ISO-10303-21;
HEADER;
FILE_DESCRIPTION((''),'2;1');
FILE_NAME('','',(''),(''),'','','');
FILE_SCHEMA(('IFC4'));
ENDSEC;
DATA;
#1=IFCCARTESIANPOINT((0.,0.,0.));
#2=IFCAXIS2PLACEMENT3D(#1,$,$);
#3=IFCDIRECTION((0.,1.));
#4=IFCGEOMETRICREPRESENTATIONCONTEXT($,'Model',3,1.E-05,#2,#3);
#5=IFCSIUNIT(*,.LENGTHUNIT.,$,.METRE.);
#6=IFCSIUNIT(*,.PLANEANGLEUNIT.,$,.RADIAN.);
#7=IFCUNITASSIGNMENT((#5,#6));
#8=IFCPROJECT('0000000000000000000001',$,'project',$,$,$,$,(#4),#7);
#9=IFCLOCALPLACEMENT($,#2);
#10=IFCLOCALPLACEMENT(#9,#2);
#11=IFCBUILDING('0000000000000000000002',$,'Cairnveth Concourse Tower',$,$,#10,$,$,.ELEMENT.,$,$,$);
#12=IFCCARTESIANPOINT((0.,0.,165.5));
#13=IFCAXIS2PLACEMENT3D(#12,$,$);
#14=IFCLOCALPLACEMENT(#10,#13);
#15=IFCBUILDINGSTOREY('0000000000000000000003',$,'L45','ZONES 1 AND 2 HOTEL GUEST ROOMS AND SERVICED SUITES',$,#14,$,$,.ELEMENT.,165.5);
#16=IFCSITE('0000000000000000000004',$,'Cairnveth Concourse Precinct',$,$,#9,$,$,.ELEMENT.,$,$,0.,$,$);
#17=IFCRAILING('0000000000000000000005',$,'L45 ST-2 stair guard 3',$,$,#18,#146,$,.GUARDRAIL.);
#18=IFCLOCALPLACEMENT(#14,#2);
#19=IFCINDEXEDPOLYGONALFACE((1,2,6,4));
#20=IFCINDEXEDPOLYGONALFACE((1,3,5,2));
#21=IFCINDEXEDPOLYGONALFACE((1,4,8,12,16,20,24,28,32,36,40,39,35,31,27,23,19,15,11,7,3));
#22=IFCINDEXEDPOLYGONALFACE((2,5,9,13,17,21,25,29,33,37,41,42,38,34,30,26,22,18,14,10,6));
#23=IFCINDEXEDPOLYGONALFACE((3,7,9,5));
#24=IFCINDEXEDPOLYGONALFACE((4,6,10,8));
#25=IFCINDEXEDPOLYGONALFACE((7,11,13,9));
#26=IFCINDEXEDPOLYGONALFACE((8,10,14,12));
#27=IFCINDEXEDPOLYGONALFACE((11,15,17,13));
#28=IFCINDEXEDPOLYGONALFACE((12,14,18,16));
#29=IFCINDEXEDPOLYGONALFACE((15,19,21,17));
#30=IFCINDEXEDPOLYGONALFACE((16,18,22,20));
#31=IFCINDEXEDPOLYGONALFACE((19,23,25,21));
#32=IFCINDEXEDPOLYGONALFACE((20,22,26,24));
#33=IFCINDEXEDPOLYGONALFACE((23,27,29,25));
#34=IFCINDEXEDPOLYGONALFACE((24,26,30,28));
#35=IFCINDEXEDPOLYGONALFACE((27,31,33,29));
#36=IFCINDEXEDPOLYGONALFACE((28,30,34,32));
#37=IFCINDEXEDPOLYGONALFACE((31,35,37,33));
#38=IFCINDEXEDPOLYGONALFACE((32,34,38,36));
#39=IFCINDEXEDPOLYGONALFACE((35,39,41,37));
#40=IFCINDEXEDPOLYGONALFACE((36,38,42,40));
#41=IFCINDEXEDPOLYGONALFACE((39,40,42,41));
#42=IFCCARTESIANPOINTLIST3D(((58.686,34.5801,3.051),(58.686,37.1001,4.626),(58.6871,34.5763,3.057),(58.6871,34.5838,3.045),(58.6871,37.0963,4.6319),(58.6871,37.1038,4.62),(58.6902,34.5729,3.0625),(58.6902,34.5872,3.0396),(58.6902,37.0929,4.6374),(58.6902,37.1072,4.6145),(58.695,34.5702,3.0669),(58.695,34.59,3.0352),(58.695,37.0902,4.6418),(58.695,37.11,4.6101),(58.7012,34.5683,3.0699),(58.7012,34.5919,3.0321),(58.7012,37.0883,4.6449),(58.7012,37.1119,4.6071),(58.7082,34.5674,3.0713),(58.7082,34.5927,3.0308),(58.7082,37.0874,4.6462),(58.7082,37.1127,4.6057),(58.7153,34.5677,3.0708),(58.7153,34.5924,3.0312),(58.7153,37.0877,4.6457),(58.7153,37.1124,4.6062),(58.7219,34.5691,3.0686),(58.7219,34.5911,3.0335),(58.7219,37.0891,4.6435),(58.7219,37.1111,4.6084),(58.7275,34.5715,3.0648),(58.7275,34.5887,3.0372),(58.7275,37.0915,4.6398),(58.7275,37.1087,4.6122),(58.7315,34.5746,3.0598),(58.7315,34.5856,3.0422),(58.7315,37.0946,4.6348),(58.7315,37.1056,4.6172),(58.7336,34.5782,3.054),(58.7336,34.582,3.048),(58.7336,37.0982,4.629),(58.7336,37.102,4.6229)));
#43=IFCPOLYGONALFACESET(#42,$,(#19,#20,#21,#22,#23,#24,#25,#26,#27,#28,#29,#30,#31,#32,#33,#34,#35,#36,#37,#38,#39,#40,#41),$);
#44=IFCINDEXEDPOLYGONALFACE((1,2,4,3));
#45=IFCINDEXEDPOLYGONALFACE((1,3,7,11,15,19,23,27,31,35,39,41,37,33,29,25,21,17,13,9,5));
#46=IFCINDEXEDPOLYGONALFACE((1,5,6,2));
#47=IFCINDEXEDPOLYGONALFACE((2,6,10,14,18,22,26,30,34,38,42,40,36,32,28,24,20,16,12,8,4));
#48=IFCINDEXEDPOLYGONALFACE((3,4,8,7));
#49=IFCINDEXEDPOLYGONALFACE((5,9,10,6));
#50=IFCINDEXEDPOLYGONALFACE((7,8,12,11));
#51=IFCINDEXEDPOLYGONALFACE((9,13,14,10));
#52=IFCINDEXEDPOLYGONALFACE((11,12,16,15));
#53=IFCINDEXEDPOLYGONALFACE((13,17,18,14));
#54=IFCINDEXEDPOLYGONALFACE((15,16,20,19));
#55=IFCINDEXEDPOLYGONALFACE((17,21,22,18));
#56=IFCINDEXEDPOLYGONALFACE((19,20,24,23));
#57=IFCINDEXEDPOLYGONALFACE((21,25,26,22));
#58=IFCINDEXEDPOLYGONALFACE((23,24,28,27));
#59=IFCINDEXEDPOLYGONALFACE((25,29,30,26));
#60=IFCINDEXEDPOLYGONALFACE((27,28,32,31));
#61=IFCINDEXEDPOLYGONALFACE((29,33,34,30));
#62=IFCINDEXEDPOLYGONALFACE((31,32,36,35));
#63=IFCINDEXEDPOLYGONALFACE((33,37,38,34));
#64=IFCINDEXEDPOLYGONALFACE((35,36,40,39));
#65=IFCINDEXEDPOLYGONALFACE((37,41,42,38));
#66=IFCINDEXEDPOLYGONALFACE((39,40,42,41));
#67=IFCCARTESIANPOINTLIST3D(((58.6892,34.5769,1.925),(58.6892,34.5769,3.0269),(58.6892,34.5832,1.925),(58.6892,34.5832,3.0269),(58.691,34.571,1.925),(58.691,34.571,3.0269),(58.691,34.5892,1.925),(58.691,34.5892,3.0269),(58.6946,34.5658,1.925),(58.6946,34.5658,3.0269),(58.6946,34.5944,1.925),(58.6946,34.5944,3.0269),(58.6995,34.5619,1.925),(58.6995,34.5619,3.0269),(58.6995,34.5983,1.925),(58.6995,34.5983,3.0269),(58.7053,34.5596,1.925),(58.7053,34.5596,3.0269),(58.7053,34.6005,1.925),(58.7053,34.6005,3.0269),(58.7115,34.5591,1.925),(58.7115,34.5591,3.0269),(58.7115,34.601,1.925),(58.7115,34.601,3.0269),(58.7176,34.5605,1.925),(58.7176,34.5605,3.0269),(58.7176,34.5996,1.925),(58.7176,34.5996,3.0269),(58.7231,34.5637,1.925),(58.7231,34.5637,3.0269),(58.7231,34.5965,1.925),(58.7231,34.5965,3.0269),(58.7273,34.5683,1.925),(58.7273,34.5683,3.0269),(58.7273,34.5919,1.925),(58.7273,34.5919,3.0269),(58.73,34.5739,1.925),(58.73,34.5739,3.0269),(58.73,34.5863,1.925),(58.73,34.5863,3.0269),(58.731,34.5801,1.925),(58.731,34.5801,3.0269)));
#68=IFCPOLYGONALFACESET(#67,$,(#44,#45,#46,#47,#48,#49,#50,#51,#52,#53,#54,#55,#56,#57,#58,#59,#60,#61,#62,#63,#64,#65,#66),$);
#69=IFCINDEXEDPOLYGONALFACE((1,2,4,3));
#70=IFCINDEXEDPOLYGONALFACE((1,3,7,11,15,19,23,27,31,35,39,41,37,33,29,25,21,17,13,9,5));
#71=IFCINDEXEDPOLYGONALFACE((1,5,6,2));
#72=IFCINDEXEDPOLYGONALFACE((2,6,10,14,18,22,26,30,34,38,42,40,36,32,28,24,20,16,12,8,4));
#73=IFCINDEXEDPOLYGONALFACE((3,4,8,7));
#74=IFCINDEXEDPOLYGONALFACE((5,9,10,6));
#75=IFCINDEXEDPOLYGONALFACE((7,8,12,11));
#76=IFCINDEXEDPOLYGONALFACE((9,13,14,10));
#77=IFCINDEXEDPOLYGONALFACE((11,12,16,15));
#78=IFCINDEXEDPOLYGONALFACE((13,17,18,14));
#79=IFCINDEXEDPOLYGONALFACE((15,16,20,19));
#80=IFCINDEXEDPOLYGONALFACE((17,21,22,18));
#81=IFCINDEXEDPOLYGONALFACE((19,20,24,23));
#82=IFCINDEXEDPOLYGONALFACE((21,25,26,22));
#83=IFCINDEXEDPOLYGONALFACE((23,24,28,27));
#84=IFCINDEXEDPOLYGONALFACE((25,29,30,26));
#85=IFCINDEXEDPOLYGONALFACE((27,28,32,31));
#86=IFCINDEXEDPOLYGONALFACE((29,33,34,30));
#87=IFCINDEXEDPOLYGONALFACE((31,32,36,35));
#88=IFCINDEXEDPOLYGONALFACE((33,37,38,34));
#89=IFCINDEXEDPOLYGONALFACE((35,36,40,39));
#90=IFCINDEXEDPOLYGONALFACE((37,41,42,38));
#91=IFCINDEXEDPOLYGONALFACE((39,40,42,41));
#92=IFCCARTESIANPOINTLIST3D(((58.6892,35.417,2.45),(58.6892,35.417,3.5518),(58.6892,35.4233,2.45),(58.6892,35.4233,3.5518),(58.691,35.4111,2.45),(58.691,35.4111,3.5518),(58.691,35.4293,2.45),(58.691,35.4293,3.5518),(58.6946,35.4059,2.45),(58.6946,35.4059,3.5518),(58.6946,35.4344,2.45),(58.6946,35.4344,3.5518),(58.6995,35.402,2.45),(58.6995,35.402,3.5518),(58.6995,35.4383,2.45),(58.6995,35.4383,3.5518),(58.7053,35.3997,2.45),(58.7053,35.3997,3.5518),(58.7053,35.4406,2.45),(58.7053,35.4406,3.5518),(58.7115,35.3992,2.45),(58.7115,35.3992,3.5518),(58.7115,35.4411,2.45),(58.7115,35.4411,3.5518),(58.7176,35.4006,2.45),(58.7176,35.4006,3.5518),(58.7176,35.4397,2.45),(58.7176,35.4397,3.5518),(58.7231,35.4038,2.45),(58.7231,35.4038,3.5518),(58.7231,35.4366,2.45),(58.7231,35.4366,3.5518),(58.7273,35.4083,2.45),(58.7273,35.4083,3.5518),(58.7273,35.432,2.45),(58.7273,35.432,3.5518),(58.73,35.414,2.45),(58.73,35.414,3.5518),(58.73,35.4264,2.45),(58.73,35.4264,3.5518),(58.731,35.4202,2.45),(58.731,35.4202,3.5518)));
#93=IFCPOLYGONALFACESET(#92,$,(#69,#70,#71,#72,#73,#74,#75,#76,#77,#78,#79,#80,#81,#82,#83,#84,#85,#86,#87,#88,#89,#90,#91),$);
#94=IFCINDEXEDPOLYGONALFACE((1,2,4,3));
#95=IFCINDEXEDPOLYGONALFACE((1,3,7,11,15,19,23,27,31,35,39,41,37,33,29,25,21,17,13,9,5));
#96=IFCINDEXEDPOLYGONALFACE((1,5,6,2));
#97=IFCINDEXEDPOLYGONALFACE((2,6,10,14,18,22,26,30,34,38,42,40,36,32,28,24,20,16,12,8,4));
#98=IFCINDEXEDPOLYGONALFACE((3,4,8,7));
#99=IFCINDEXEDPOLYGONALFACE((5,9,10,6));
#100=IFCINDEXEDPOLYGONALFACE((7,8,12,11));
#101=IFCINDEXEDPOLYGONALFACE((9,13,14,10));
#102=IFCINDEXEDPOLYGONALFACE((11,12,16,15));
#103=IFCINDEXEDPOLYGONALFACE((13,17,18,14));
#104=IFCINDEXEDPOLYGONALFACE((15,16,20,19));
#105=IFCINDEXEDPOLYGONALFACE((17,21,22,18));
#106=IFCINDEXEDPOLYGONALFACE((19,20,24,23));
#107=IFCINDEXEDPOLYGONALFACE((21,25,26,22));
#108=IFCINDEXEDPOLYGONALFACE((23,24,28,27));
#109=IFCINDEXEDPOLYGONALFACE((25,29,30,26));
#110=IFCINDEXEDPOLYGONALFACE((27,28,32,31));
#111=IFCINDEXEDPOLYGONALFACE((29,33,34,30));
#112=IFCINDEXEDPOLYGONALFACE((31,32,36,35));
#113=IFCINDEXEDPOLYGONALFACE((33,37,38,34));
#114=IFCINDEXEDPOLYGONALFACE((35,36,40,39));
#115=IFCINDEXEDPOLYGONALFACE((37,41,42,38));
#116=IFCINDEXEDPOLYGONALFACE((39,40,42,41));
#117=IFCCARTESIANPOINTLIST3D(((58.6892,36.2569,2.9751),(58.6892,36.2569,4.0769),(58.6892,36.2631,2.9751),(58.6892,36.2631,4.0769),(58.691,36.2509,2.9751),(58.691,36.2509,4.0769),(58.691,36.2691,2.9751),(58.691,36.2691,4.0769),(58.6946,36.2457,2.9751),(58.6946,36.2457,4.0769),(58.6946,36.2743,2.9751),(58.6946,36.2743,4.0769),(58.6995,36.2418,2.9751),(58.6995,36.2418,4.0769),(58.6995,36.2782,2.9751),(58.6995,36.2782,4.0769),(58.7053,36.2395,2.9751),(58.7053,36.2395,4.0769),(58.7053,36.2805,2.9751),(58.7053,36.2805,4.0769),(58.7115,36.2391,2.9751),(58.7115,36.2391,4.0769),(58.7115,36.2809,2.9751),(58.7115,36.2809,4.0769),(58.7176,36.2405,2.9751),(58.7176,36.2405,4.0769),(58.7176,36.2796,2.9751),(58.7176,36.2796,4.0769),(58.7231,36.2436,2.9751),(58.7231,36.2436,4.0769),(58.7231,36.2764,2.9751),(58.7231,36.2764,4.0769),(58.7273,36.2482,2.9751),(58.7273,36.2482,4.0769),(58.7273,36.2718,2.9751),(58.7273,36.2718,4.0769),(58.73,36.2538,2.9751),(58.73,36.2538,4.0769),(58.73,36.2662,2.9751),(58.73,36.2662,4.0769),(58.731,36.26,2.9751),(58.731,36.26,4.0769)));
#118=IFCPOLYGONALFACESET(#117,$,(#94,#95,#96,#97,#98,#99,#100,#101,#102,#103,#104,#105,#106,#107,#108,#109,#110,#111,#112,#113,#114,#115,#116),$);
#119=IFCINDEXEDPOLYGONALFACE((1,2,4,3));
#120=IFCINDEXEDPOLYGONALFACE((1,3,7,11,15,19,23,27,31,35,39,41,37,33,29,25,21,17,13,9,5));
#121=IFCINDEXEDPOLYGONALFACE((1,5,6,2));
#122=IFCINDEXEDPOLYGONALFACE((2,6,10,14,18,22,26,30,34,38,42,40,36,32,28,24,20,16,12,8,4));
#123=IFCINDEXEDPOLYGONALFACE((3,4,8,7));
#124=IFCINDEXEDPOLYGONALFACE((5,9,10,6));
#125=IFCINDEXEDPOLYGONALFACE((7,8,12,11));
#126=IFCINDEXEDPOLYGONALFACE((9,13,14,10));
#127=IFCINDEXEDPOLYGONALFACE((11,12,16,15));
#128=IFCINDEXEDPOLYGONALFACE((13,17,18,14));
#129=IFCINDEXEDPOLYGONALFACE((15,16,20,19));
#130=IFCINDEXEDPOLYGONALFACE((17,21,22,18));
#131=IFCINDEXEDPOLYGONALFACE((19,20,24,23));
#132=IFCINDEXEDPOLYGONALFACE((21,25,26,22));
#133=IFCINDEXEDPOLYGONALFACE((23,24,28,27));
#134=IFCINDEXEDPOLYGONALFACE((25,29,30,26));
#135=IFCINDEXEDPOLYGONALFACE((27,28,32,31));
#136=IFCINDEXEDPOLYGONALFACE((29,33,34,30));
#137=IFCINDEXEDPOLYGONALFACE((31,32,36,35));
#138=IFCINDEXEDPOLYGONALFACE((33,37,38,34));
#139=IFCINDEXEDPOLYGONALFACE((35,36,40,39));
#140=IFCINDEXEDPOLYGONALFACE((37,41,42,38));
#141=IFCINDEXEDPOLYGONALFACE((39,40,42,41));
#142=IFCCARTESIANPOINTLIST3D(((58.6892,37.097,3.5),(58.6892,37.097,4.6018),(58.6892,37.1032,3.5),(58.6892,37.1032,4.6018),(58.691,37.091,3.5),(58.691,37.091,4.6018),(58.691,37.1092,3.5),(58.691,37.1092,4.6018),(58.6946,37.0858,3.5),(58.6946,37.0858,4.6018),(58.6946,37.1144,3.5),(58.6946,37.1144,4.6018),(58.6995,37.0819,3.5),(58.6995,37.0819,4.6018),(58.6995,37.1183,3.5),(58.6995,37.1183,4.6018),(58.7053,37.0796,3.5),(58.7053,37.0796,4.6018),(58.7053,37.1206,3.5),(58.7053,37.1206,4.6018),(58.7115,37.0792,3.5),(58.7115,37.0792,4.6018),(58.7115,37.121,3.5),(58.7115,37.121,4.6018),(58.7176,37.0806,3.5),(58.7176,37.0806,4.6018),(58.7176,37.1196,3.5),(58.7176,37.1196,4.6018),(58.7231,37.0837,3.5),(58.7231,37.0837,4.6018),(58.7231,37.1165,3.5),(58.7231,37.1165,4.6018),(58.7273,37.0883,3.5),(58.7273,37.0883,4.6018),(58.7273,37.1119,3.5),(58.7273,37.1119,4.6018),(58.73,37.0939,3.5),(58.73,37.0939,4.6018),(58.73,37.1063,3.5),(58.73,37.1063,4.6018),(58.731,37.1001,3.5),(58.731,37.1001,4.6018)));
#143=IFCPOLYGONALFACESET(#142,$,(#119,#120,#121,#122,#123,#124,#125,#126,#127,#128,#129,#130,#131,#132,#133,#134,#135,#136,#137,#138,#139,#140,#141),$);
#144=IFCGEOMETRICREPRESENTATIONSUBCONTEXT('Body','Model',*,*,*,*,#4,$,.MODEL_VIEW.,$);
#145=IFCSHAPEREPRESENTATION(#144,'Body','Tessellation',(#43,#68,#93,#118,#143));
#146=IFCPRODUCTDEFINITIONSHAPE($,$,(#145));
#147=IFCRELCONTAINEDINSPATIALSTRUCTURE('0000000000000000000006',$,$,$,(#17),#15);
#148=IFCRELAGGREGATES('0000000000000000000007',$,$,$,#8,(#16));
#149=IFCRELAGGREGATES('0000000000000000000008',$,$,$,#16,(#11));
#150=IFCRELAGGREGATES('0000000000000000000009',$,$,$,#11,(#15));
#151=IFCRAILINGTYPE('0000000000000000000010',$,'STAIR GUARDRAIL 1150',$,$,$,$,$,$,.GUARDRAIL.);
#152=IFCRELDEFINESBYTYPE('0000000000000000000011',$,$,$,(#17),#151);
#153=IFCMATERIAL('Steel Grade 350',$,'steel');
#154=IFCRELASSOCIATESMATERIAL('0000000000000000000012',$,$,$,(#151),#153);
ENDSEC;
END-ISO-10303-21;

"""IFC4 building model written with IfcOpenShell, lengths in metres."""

from ifc_helpers import new_model, si_unit, direction, frame, origin, origin_2d, place, context, subcontext, project, spatial, circle, extrude, material, type_object, element, save


model = new_model("IFC4")

# Units and contexts
model_context = context("Model", 3, precision=1e-05, world=origin(), true_north=direction((0.0, 1.0)))
body_context = subcontext(model_context, "Body", "Model", "MODEL_VIEW")
ifc_project = project(units=[si_unit("LENGTHUNIT", "METRE"), si_unit("PLANEANGLEUNIT", "RADIAN")], contexts=[model_context])

# Site, building, storey
site_placement = place(None, origin())
site = spatial("IfcSite", under=ifc_project, at=site_placement, Name="Cairnveth Concourse Precinct", CompositionType="ELEMENT", RefElevation=0.0)
building_placement = place(site_placement, origin())
building = spatial("IfcBuilding", under=site, at=building_placement, Name="Cairnveth Concourse Tower", CompositionType="ELEMENT")
storey_placement = place(building_placement, frame((0.0, 0.0, 165.5)))
storey = spatial("IfcBuildingStorey", under=building, at=storey_placement, Name="L45", Description="ZONES 1 AND 2 HOTEL GUEST ROOMS AND SERVICED SUITES", CompositionType="ELEMENT", Elevation=165.5)

# Shared definitions
ifc_material_1 = material(Name="Steel Grade 350", Category="steel")

# Railing
railing_type_1 = type_object("IfcRailingType", Name="STAIR GUARDRAIL 1150", PredefinedType="GUARDRAIL", material=ifc_material_1)
railing_1_placement = place(storey_placement, frame((58.71, 34.5801, 1.925)))
element("IfcRailing", 1, at=railing_1_placement, inside=storey, type_object=railing_type_1, Name="L45 ST-2 stair guard 3", PredefinedType="GUARDRAIL", context=body_context, shape_type="SweptSolid", body=[
    extrude(circle(Radius=0.0239, at=origin_2d()), frame((0.0, 0.0, 1.126), z_axis=(0.0, 0.848008, 0.529984), x_axis=(-1.0, 0.0, 0.0)), (0.0, 0.0, 1.0), 2.9717),
    extrude(circle(Radius=0.021, at=origin_2d()), origin(), (0.0, 0.0, 1.0), 1.1018),
    extrude(circle(Radius=0.021, at=origin_2d()), frame((0.0, 0.8401, 0.5249)), (0.0, 0.0, 1.0), 1.1018),
    extrude(circle(Radius=0.021, at=origin_2d()), frame((0.0, 1.6799, 1.05)), (0.0, 0.0, 1.0), 1.1018),
    extrude(circle(Radius=0.021, at=origin_2d()), frame((0.0, 2.52, 1.575)), (0.0, 0.0, 1.0), 1.1018),
])

save(model, "model.ifc")
